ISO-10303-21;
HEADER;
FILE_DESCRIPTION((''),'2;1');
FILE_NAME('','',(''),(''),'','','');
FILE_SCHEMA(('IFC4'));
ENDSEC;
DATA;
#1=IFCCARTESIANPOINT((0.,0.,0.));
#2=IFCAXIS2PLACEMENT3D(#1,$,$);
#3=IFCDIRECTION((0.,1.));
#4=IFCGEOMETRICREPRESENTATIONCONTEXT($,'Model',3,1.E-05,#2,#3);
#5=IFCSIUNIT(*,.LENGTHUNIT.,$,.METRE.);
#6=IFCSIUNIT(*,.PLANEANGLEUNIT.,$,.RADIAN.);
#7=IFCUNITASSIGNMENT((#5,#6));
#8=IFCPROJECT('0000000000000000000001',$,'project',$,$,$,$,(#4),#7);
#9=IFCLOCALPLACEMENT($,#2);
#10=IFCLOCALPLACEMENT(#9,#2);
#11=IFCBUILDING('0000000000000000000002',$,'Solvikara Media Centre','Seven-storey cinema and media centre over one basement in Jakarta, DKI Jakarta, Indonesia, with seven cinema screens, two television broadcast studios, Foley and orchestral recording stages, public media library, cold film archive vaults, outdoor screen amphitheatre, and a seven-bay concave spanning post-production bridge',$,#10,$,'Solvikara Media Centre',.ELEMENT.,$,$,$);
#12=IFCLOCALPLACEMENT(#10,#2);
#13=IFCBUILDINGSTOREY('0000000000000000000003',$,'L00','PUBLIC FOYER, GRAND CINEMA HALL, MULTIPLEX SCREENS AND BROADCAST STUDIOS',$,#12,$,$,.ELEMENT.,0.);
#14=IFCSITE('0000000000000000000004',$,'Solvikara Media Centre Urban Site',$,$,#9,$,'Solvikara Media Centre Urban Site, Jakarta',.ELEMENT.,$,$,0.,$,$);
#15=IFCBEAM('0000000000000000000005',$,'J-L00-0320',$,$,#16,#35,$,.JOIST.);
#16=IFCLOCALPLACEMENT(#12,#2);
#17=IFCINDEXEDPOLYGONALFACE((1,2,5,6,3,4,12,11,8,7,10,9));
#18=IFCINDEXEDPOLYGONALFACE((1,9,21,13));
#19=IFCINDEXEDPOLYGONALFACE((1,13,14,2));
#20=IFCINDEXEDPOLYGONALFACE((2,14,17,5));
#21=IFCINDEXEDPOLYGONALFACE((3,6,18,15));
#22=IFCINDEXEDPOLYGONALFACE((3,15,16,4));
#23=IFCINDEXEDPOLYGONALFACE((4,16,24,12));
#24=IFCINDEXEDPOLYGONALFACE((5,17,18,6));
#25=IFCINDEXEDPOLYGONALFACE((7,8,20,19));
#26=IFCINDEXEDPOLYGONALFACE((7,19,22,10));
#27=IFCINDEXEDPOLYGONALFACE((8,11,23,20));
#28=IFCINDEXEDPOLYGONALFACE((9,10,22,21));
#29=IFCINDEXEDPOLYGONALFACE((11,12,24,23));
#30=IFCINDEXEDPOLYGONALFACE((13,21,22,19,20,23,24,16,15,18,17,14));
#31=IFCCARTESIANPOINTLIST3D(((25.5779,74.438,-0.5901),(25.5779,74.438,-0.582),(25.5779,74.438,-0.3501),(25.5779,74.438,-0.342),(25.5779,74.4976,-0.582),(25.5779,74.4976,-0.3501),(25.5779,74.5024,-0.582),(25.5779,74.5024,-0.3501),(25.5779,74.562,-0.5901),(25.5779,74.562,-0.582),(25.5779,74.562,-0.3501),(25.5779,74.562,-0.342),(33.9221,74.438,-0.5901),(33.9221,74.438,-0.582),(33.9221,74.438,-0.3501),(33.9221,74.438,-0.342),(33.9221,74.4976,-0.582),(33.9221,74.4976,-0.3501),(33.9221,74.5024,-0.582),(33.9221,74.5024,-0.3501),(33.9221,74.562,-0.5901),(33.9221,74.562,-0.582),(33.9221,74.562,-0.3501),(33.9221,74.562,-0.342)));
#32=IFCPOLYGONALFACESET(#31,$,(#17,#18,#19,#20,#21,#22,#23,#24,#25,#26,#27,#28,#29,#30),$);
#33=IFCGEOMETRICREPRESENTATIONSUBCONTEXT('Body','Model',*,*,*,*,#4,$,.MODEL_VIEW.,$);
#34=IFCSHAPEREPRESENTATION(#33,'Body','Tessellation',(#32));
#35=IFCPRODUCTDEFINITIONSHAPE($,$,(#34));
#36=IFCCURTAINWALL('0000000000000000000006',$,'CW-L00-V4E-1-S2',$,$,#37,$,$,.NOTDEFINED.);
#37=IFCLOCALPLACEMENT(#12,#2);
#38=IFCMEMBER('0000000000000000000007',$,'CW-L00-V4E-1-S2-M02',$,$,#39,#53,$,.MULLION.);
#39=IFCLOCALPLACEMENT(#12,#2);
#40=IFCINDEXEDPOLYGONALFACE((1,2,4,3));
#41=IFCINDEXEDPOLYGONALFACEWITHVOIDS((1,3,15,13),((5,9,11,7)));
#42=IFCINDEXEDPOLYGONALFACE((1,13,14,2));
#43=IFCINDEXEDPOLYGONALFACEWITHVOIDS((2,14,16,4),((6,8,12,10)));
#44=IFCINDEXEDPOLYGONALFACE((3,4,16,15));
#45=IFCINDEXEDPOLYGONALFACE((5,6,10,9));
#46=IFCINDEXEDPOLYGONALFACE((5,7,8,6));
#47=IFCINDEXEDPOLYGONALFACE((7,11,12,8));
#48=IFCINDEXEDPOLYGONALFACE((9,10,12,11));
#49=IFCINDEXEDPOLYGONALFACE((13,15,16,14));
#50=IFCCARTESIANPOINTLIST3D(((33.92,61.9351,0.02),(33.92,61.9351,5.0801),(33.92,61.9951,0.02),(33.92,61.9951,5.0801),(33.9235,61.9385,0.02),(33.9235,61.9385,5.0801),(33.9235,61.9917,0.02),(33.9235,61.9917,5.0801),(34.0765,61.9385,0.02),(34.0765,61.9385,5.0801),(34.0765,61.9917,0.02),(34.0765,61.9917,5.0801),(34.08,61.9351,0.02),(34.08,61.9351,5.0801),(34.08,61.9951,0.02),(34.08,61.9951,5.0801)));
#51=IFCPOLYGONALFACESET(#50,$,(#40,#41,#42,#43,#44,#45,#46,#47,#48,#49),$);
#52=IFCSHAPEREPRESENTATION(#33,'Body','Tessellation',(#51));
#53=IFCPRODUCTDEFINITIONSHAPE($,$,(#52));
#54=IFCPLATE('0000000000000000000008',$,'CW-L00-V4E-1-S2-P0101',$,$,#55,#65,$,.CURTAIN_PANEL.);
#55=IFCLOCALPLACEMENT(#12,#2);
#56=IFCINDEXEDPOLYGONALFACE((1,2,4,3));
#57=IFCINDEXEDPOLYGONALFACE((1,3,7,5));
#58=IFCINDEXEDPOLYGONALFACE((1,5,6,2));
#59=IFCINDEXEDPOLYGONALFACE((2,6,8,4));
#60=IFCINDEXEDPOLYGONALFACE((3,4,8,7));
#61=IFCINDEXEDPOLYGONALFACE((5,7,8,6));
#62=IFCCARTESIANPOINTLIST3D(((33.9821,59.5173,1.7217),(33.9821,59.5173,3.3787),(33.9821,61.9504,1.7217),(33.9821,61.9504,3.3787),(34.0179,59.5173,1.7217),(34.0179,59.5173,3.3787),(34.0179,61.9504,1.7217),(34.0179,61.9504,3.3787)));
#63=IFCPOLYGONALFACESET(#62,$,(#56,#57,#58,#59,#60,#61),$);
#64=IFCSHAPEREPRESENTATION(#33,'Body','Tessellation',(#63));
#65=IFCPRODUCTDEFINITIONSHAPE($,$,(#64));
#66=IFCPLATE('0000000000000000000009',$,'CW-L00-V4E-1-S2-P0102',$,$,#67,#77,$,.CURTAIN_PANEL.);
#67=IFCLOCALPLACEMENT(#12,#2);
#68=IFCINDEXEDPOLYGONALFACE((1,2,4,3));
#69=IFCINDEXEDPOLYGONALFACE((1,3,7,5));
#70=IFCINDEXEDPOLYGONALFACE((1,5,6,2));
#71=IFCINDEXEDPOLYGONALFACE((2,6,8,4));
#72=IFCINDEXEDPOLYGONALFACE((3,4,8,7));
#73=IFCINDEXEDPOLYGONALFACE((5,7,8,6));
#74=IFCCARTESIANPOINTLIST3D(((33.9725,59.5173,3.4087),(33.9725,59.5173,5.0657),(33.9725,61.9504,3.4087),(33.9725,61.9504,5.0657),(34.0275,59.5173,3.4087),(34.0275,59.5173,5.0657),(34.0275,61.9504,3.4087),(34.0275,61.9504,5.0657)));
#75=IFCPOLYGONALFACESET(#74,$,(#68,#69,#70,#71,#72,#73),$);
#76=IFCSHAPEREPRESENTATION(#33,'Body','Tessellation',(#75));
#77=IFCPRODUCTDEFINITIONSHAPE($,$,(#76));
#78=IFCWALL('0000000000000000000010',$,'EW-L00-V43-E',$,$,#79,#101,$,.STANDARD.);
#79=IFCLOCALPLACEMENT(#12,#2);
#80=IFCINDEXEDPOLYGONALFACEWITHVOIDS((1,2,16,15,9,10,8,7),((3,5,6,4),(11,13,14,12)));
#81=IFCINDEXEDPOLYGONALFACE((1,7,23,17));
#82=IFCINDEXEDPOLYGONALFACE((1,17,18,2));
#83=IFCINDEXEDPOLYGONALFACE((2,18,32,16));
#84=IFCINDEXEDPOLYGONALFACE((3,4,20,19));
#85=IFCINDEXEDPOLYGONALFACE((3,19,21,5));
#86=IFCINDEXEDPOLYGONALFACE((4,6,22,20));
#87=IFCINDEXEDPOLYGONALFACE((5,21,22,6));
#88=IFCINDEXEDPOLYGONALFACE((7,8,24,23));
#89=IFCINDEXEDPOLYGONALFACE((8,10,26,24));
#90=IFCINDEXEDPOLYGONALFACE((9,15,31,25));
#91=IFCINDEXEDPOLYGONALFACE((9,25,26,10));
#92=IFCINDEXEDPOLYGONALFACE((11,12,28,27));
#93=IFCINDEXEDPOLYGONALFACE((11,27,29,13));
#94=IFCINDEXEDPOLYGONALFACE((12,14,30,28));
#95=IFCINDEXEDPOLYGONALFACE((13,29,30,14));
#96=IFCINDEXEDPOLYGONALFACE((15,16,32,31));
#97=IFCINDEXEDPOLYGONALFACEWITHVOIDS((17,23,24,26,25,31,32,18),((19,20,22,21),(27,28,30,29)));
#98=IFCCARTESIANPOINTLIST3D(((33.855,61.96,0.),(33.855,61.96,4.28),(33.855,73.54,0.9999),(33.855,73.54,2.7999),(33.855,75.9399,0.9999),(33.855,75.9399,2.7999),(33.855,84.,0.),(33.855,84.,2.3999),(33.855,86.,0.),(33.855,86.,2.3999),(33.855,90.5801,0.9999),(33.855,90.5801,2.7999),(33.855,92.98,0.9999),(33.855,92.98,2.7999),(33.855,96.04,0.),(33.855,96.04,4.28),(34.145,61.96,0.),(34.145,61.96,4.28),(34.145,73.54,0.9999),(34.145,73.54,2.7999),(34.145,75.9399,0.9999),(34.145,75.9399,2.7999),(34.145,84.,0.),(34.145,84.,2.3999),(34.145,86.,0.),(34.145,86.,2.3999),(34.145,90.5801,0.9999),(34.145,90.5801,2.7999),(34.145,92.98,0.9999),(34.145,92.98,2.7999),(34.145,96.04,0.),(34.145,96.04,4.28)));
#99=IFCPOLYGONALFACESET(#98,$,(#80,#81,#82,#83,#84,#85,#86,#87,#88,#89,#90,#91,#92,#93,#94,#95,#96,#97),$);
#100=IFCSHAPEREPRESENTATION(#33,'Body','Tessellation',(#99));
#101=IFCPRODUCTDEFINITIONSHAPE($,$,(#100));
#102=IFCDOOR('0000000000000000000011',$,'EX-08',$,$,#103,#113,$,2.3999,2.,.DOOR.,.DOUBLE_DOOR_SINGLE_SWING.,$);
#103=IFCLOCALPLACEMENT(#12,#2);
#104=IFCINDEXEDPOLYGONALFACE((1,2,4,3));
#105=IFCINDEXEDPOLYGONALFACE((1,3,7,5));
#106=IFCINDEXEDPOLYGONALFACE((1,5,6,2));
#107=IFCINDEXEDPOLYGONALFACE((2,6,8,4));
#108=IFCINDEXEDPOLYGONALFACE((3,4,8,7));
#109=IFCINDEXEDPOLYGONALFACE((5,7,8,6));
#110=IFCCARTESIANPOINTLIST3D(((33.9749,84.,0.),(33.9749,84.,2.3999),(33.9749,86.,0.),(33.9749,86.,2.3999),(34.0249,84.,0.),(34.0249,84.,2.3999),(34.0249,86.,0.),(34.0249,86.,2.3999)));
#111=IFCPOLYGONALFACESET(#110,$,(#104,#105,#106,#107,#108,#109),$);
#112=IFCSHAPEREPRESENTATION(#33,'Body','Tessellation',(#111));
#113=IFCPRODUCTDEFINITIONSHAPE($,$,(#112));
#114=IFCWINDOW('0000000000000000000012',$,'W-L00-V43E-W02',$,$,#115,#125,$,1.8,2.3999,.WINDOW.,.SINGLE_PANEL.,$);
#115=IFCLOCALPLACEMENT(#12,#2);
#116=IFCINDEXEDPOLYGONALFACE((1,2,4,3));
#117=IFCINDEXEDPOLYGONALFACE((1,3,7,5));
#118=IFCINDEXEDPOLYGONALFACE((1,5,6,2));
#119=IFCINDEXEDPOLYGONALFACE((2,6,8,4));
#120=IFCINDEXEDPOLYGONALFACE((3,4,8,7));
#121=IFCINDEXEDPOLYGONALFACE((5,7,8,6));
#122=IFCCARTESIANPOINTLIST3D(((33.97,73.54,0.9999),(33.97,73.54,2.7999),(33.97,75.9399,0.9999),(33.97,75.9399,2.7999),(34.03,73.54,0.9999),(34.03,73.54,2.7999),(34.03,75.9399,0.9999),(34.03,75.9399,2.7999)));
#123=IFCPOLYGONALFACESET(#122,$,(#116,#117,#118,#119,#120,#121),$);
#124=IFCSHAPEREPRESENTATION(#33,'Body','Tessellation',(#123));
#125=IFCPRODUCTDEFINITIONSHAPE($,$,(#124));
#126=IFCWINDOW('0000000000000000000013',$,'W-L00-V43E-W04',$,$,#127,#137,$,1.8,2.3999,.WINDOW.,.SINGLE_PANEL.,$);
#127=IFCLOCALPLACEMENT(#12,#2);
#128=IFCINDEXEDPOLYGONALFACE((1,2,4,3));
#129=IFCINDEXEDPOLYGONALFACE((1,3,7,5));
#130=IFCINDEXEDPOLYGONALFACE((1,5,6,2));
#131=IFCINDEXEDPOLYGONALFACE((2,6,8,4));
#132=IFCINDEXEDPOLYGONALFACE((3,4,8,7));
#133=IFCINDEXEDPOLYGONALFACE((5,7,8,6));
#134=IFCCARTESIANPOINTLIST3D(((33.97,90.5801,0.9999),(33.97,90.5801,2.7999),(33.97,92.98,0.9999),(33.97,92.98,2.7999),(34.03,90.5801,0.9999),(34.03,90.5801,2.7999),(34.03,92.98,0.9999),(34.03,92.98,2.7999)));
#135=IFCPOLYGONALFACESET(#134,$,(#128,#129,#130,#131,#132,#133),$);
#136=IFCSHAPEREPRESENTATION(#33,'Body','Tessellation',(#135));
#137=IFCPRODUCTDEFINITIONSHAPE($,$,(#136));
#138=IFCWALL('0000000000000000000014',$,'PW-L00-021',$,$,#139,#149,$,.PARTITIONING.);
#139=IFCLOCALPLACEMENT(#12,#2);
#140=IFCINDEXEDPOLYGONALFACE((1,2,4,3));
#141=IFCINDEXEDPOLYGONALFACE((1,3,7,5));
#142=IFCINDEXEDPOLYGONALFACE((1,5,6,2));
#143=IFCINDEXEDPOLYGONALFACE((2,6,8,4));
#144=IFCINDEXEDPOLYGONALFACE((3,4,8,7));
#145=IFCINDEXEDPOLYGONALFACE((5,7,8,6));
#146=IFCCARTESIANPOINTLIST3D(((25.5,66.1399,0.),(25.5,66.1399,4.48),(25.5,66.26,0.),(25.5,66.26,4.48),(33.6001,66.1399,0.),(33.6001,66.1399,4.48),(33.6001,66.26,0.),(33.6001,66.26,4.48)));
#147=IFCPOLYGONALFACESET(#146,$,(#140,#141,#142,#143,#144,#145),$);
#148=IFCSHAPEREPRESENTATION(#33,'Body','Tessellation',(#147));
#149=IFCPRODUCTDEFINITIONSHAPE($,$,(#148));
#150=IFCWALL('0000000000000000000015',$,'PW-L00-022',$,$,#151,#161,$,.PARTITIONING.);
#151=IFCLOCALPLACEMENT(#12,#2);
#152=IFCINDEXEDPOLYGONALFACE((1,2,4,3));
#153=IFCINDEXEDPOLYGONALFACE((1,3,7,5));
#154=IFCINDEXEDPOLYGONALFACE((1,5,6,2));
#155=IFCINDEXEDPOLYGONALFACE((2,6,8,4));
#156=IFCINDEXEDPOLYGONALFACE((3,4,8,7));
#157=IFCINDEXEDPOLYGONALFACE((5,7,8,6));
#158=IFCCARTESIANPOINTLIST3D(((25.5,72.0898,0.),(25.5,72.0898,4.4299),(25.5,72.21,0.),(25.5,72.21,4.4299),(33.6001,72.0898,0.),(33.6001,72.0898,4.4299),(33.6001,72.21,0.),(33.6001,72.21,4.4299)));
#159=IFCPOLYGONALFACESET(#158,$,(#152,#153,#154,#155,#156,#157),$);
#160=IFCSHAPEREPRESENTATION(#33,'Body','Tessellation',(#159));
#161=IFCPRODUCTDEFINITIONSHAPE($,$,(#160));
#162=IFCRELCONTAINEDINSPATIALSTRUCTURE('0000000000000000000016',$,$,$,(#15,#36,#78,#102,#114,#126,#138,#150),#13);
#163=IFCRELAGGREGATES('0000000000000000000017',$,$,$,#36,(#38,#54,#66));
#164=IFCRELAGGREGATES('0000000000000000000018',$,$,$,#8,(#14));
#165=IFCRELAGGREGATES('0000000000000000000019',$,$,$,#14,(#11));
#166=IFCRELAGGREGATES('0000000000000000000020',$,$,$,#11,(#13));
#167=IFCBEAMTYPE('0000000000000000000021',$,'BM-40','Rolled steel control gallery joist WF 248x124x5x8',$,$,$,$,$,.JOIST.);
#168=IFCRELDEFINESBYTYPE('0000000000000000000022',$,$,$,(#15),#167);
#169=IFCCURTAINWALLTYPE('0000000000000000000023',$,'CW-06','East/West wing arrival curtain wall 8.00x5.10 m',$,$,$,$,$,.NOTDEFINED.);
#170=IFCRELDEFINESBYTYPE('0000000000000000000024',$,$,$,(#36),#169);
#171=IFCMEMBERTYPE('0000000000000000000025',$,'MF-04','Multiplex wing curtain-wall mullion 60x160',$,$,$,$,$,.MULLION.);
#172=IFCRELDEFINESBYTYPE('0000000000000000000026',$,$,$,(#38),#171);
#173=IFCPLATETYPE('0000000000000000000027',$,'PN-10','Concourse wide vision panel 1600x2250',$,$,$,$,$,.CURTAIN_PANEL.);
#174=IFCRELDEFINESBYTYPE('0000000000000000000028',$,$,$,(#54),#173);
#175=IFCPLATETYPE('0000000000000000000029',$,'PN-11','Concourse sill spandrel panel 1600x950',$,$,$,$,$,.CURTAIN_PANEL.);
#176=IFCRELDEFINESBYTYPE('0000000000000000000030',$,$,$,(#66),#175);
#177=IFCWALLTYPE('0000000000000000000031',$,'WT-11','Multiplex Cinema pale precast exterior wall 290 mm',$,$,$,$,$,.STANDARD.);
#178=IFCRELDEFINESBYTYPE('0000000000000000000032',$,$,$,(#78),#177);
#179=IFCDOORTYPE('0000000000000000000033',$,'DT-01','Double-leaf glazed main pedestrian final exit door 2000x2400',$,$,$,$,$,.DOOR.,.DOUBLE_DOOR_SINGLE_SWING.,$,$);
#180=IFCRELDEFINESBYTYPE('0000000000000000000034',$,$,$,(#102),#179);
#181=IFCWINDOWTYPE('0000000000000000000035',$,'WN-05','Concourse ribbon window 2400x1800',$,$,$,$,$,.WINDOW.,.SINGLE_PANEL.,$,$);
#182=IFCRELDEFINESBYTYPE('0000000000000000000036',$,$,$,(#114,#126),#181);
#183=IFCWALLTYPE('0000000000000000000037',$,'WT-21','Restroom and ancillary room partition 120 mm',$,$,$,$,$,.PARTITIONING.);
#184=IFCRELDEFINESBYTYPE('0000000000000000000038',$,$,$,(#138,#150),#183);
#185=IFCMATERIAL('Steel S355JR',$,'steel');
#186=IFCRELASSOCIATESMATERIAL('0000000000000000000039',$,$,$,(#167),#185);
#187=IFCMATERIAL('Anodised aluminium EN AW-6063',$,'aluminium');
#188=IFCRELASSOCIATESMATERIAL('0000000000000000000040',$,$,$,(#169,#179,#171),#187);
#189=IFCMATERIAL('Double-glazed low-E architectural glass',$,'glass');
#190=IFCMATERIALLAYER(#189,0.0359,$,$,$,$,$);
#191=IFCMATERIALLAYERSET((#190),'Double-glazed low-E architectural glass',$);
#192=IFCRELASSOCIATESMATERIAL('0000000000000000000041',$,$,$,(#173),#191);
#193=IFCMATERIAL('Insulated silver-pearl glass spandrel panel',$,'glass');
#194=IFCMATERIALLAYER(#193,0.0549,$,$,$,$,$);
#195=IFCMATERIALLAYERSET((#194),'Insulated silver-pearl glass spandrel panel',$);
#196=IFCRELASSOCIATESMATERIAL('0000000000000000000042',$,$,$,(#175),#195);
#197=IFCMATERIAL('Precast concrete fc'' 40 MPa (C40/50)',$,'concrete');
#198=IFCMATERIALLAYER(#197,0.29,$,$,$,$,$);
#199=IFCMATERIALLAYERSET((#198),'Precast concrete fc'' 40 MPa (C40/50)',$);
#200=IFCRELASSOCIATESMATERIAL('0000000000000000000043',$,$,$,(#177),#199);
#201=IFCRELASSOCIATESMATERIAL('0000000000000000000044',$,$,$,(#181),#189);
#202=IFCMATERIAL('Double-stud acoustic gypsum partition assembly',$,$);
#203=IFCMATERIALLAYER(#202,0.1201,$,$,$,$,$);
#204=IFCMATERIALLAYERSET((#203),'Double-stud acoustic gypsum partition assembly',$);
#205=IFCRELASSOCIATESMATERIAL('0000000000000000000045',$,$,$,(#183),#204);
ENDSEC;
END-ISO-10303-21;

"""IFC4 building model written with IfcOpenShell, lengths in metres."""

from ifc_helpers import new_model, si_unit, direction, frame, frame_2d, origin, origin_2d, place, context, subcontext, project, spatial, rectangle, hollow_rectangle, i_section, extrude, material, layer, layer_set, material_profile, profile_set, type_object, element, fill, aggregate, save


model = new_model("IFC4")

# Units and contexts
model_context = context("Model", 3, precision=1e-05, world=origin(), true_north=direction((0.0, 1.0)))
body_context = subcontext(model_context, "Body", "Model", "MODEL_VIEW")
ifc_project = project(units=[si_unit("LENGTHUNIT", "METRE"), si_unit("PLANEANGLEUNIT", "RADIAN")], contexts=[model_context])

# Site, building, storey
site_placement = place(None, origin())
site = spatial("IfcSite", under=ifc_project, at=site_placement, Name="Solvikara Media Centre Urban Site", LongName="Solvikara Media Centre Urban Site, Jakarta", CompositionType="ELEMENT", RefElevation=0.0)
building_placement = place(site_placement, origin())
building = spatial("IfcBuilding", under=site, at=building_placement, Name="Solvikara Media Centre", Description="Seven-storey cinema and media centre over one basement in Jakarta, DKI Jakarta, Indonesia, with seven cinema screens, two television broadcast studios, Foley and orchestral recording stages, public media library, cold film archive vaults, outdoor screen amphitheatre, and a seven-bay concave spanning post-production bridge", LongName="Solvikara Media Centre", CompositionType="ELEMENT")
storey_placement = place(building_placement, origin())
storey = spatial("IfcBuildingStorey", under=building, at=storey_placement, Name="L00", Description="PUBLIC FOYER, GRAND CINEMA HALL, MULTIPLEX SCREENS AND BROADCAST STUDIOS", CompositionType="ELEMENT", Elevation=0.0)

# Beam
ifc_material_1 = material(Name="Steel S355JR", Category="steel")
ifc_material_profile_1 = material_profile(ifc_material_1, i_section(OverallWidth=0.124, OverallDepth=0.248, WebThickness=0.0049, FlangeThickness=0.0081, at=origin_2d()), Name="WF 248x124x5x8")
ifc_profile_set_1 = profile_set([ifc_material_profile_1], Name="Steel S355JR")
beam_type_1 = type_object("IfcBeamType", Name="BM-40", Description="Rolled steel control gallery joist WF 248x124x5x8", PredefinedType="JOIST", material=ifc_profile_set_1)
beam_1_placement = place(storey_placement, frame((25.5779, 74.5, -0.4661), z_axis=(1.0, 0.0, 0.0), x_axis=(0.0, 1.0, 0.0)))
element("IfcBeam", 1, at=beam_1_placement, inside=storey, type_object=beam_type_1, Name="J-L00-0320", PredefinedType="JOIST", context=body_context, shape_type="SweptSolid", body=[
    extrude(i_section(OverallWidth=0.124, OverallDepth=0.248, WebThickness=0.0049, FlangeThickness=0.0081, at=origin_2d()), origin(), (0.0, 0.0, 1.0), 8.3442),
])

# Curtain wall, member, plates
ifc_material_2 = material(Name="Anodised aluminium EN AW-6063", Category="aluminium")
curtain_wall_type = type_object("IfcCurtainWallType", Name="CW-06", Description="East/West wing arrival curtain wall 8.00x5.10 m", PredefinedType="NOTDEFINED", material=ifc_material_2)
curtain_wall_placement = place(storey_placement, origin())
curtain_wall = element("IfcCurtainWall", 2, at=curtain_wall_placement, inside=storey, type_object=curtain_wall_type, Name="CW-L00-V4E-1-S2", PredefinedType="NOTDEFINED")
ifc_material_profile_2 = material_profile(ifc_material_2, hollow_rectangle(XDim=0.0601, YDim=0.1599, WallThickness=0.0034, at=origin_2d()), Name="ALU-M 60x160x3.5")
ifc_profile_set_2 = profile_set([ifc_material_profile_2], Name="Anodised aluminium EN AW-6063")
member_type = type_object("IfcMemberType", Name="MF-04", Description="Multiplex wing curtain-wall mullion 60x160", PredefinedType="MULLION", material=ifc_profile_set_2)
member_placement = place(storey_placement, frame((34.0, 61.9651, 0.02), z_axis=(0.0, 0.0, 1.0), x_axis=(0.0, 1.0, 0.0)))
member = element("IfcMember", 3, at=member_placement, type_object=member_type, Name="CW-L00-V4E-1-S2-M02", PredefinedType="MULLION", context=body_context, shape_type="SweptSolid", body=[
    extrude(hollow_rectangle(XDim=0.0601, YDim=0.1599, WallThickness=0.0034, at=origin_2d()), origin(), (0.0, 0.0, 1.0), 5.0601),
])
ifc_material_3 = material(Name="Double-glazed low-E architectural glass", Category="glass")
ifc_layer_1 = layer(ifc_material_3, 0.0359)
ifc_layer_set_1 = layer_set([ifc_layer_1], Name="Double-glazed low-E architectural glass")
plate_type_1 = type_object("IfcPlateType", Name="PN-10", Description="Concourse wide vision panel 1600x2250", PredefinedType="CURTAIN_PANEL", material=ifc_layer_set_1)
plate_1_placement = place(storey_placement, frame((34.0, 60.7339, 1.7217), z_axis=(0.0, 0.0, 1.0), x_axis=(0.0, 1.0, 0.0)))
plate_1 = element("IfcPlate", 4, at=plate_1_placement, type_object=plate_type_1, Name="CW-L00-V4E-1-S2-P0101", PredefinedType="CURTAIN_PANEL", context=body_context, shape_type="SweptSolid", body=[
    extrude(rectangle(XDim=2.4331, YDim=0.0359, at=origin_2d()), origin(), (0.0, 0.0, 1.0), 1.657),
])
ifc_material_4 = material(Name="Insulated silver-pearl glass spandrel panel", Category="glass")
ifc_layer_2 = layer(ifc_material_4, 0.0549)
ifc_layer_set_2 = layer_set([ifc_layer_2], Name="Insulated silver-pearl glass spandrel panel")
plate_type_2 = type_object("IfcPlateType", Name="PN-11", Description="Concourse sill spandrel panel 1600x950", PredefinedType="CURTAIN_PANEL", material=ifc_layer_set_2)
plate_2_placement = place(storey_placement, frame((34.0, 60.7339, 3.4087), z_axis=(0.0, 0.0, 1.0), x_axis=(0.0, 1.0, 0.0)))
plate_2 = element("IfcPlate", 5, at=plate_2_placement, type_object=plate_type_2, Name="CW-L00-V4E-1-S2-P0102", PredefinedType="CURTAIN_PANEL", context=body_context, shape_type="SweptSolid", body=[
    extrude(rectangle(XDim=2.4331, YDim=0.0549, at=origin_2d()), origin(), (0.0, 0.0, 1.0), 1.657),
])
aggregate(curtain_wall, [member, plate_1, plate_2])

# Wall, openings, door, windows
ifc_material_5 = material(Name="Precast concrete fc' 40 MPa (C40/50)", Category="concrete")
ifc_layer_3 = layer(ifc_material_5, 0.29)
ifc_layer_set_3 = layer_set([ifc_layer_3], Name="Precast concrete fc' 40 MPa (C40/50)")
wall_type_1 = type_object("IfcWallType", Name="WT-11", Description="Multiplex Cinema pale precast exterior wall 290 mm", PredefinedType="STANDARD", material=ifc_layer_set_3)
wall_1_placement = place(storey_placement, frame((34.0, 61.96, 0.0), z_axis=(0.0, 0.0, 1.0), x_axis=(0.0, 1.0, 0.0)))
wall_1 = element("IfcWall", 6, at=wall_1_placement, inside=storey, type_object=wall_type_1, Name="EW-L00-V43-E", PredefinedType="STANDARD", context=body_context, shape_type="SweptSolid", body=[
    extrude(rectangle(XDim=34.0801, YDim=0.29, at=frame_2d((17.04, 0.0))), origin(), (0.0, 0.0, 1.0), 4.28),
])
opening_1_placement = place(wall_1_placement, frame((22.04, 0.0, 0.0)))
opening_1 = element("IfcOpeningElement", 7, at=opening_1_placement, cuts=wall_1, PredefinedType="OPENING", context=body_context, shape_type="SweptSolid", body=[
    extrude(rectangle(XDim=2.0, YDim=2.3999, at=frame_2d((1.0, 1.2))), frame((0.0, 0.157, 0.0), z_axis=(0.0, -1.0, 0.0), x_axis=(1.0, 0.0, 0.0)), (0.0, 0.0, 1.0), 0.314),
])
opening_2_placement = place(wall_1_placement, frame((11.5801, 0.0, 1.0)))
opening_2 = element("IfcOpeningElement", 8, at=opening_2_placement, cuts=wall_1, PredefinedType="OPENING", context=body_context, shape_type="SweptSolid", body=[
    extrude(rectangle(XDim=2.3999, YDim=1.8, at=frame_2d((1.2, 0.8999))), frame((0.0, 0.157, 0.0), z_axis=(0.0, -1.0, 0.0), x_axis=(1.0, 0.0, 0.0)), (0.0, 0.0, 1.0), 0.314),
])
opening_3_placement = place(wall_1_placement, frame((28.6201, 0.0, 1.0)))
opening_3 = element("IfcOpeningElement", 9, at=opening_3_placement, cuts=wall_1, PredefinedType="OPENING", context=body_context, shape_type="SweptSolid", body=[
    extrude(rectangle(XDim=2.3999, YDim=1.8, at=frame_2d((1.2, 0.8999))), frame((0.0, 0.157, 0.0), z_axis=(0.0, -1.0, 0.0), x_axis=(1.0, 0.0, 0.0)), (0.0, 0.0, 1.0), 0.314),
])
door_type = type_object("IfcDoorType", Name="DT-01", Description="Double-leaf glazed main pedestrian final exit door 2000x2400", OperationType="DOUBLE_DOOR_SINGLE_SWING", PredefinedType="DOOR", material=ifc_material_2)
door_placement = place(opening_1_placement, frame((2.0, 0.0, 0.0), z_axis=(0.0, 0.0, 1.0), x_axis=(-1.0, 0.0, 0.0)))
door = element("IfcDoor", 10, at=door_placement, inside=storey, type_object=door_type, Name="EX-08", OperationType="DOUBLE_DOOR_SINGLE_SWING", OverallHeight=2.3999, OverallWidth=2.0, PredefinedType="DOOR", context=body_context, shape_type="SweptSolid", body=[
    extrude(rectangle(XDim=2.0, YDim=2.3999, at=frame_2d((1.0, 1.2))), frame((0.0, 0.0249, 0.0), z_axis=(0.0, -1.0, 0.0), x_axis=(1.0, 0.0, 0.0)), (0.0, 0.0, 1.0), 0.05),
])
fill(opening_1, door)
window_type = type_object("IfcWindowType", Name="WN-05", Description="Concourse ribbon window 2400x1800", PartitioningType="SINGLE_PANEL", PredefinedType="WINDOW", material=ifc_material_3)
window_1_placement = place(opening_2_placement, origin())
window_1 = element("IfcWindow", 11, at=window_1_placement, inside=storey, type_object=window_type, Name="W-L00-V43E-W02", OverallHeight=1.8, OverallWidth=2.3999, PartitioningType="SINGLE_PANEL", PredefinedType="WINDOW", context=body_context, shape_type="SweptSolid", body=[
    extrude(rectangle(XDim=2.3999, YDim=1.8, at=frame_2d((1.2, 0.8999))), frame((0.0, 0.03, 0.0), z_axis=(0.0, -1.0, 0.0), x_axis=(1.0, 0.0, 0.0)), (0.0, 0.0, 1.0), 0.0601),
])
fill(opening_2, window_1)
window_2_placement = place(opening_3_placement, origin())
window_2 = element("IfcWindow", 12, at=window_2_placement, inside=storey, type_object=window_type, Name="W-L00-V43E-W04", OverallHeight=1.8, OverallWidth=2.3999, PartitioningType="SINGLE_PANEL", PredefinedType="WINDOW", context=body_context, shape_type="SweptSolid", body=[
    extrude(rectangle(XDim=2.3999, YDim=1.8, at=frame_2d((1.2, 0.8999))), frame((0.0, 0.03, 0.0), z_axis=(0.0, -1.0, 0.0), x_axis=(1.0, 0.0, 0.0)), (0.0, 0.0, 1.0), 0.0601),
])
fill(opening_3, window_2)

# Walls
ifc_material_6 = material(Name="Double-stud acoustic gypsum partition assembly")
ifc_layer_4 = layer(ifc_material_6, 0.1201)
ifc_layer_set_4 = layer_set([ifc_layer_4], Name="Double-stud acoustic gypsum partition assembly")
wall_type_2 = type_object("IfcWallType", Name="WT-21", Description="Restroom and ancillary room partition 120 mm", PredefinedType="PARTITIONING", material=ifc_layer_set_4)
wall_2_placement = place(storey_placement, frame((25.5, 66.2, 0.0), z_axis=(0.0, 0.0, 1.0), x_axis=(1.0, 0.0, 0.0)))
element("IfcWall", 13, at=wall_2_placement, inside=storey, type_object=wall_type_2, Name="PW-L00-021", PredefinedType="PARTITIONING", context=body_context, shape_type="SweptSolid", body=[
    extrude(rectangle(XDim=8.1001, YDim=0.1201, at=frame_2d((4.05, 0.0))), origin(), (0.0, 0.0, 1.0), 4.48),
])
for number, where, z_axis, x_axis, name in (
    (14, (25.5, 72.1499, 0.0), (0.0, 0.0, 1.0), (1.0, 0.0, 0.0), "PW-L00-022"),
):
    element("IfcWall", number, at=place(storey_placement, frame(where, z_axis=z_axis, x_axis=x_axis)), inside=storey, type_object=wall_type_2, Name=name, PredefinedType="PARTITIONING", context=body_context, shape_type="SweptSolid", body=[
        extrude(rectangle(XDim=8.1001, YDim=0.1201, at=frame_2d((4.05, 0.0))), origin(), (0.0, 0.0, 1.0), 4.4299),
    ])

save(model, "model.ifc")
